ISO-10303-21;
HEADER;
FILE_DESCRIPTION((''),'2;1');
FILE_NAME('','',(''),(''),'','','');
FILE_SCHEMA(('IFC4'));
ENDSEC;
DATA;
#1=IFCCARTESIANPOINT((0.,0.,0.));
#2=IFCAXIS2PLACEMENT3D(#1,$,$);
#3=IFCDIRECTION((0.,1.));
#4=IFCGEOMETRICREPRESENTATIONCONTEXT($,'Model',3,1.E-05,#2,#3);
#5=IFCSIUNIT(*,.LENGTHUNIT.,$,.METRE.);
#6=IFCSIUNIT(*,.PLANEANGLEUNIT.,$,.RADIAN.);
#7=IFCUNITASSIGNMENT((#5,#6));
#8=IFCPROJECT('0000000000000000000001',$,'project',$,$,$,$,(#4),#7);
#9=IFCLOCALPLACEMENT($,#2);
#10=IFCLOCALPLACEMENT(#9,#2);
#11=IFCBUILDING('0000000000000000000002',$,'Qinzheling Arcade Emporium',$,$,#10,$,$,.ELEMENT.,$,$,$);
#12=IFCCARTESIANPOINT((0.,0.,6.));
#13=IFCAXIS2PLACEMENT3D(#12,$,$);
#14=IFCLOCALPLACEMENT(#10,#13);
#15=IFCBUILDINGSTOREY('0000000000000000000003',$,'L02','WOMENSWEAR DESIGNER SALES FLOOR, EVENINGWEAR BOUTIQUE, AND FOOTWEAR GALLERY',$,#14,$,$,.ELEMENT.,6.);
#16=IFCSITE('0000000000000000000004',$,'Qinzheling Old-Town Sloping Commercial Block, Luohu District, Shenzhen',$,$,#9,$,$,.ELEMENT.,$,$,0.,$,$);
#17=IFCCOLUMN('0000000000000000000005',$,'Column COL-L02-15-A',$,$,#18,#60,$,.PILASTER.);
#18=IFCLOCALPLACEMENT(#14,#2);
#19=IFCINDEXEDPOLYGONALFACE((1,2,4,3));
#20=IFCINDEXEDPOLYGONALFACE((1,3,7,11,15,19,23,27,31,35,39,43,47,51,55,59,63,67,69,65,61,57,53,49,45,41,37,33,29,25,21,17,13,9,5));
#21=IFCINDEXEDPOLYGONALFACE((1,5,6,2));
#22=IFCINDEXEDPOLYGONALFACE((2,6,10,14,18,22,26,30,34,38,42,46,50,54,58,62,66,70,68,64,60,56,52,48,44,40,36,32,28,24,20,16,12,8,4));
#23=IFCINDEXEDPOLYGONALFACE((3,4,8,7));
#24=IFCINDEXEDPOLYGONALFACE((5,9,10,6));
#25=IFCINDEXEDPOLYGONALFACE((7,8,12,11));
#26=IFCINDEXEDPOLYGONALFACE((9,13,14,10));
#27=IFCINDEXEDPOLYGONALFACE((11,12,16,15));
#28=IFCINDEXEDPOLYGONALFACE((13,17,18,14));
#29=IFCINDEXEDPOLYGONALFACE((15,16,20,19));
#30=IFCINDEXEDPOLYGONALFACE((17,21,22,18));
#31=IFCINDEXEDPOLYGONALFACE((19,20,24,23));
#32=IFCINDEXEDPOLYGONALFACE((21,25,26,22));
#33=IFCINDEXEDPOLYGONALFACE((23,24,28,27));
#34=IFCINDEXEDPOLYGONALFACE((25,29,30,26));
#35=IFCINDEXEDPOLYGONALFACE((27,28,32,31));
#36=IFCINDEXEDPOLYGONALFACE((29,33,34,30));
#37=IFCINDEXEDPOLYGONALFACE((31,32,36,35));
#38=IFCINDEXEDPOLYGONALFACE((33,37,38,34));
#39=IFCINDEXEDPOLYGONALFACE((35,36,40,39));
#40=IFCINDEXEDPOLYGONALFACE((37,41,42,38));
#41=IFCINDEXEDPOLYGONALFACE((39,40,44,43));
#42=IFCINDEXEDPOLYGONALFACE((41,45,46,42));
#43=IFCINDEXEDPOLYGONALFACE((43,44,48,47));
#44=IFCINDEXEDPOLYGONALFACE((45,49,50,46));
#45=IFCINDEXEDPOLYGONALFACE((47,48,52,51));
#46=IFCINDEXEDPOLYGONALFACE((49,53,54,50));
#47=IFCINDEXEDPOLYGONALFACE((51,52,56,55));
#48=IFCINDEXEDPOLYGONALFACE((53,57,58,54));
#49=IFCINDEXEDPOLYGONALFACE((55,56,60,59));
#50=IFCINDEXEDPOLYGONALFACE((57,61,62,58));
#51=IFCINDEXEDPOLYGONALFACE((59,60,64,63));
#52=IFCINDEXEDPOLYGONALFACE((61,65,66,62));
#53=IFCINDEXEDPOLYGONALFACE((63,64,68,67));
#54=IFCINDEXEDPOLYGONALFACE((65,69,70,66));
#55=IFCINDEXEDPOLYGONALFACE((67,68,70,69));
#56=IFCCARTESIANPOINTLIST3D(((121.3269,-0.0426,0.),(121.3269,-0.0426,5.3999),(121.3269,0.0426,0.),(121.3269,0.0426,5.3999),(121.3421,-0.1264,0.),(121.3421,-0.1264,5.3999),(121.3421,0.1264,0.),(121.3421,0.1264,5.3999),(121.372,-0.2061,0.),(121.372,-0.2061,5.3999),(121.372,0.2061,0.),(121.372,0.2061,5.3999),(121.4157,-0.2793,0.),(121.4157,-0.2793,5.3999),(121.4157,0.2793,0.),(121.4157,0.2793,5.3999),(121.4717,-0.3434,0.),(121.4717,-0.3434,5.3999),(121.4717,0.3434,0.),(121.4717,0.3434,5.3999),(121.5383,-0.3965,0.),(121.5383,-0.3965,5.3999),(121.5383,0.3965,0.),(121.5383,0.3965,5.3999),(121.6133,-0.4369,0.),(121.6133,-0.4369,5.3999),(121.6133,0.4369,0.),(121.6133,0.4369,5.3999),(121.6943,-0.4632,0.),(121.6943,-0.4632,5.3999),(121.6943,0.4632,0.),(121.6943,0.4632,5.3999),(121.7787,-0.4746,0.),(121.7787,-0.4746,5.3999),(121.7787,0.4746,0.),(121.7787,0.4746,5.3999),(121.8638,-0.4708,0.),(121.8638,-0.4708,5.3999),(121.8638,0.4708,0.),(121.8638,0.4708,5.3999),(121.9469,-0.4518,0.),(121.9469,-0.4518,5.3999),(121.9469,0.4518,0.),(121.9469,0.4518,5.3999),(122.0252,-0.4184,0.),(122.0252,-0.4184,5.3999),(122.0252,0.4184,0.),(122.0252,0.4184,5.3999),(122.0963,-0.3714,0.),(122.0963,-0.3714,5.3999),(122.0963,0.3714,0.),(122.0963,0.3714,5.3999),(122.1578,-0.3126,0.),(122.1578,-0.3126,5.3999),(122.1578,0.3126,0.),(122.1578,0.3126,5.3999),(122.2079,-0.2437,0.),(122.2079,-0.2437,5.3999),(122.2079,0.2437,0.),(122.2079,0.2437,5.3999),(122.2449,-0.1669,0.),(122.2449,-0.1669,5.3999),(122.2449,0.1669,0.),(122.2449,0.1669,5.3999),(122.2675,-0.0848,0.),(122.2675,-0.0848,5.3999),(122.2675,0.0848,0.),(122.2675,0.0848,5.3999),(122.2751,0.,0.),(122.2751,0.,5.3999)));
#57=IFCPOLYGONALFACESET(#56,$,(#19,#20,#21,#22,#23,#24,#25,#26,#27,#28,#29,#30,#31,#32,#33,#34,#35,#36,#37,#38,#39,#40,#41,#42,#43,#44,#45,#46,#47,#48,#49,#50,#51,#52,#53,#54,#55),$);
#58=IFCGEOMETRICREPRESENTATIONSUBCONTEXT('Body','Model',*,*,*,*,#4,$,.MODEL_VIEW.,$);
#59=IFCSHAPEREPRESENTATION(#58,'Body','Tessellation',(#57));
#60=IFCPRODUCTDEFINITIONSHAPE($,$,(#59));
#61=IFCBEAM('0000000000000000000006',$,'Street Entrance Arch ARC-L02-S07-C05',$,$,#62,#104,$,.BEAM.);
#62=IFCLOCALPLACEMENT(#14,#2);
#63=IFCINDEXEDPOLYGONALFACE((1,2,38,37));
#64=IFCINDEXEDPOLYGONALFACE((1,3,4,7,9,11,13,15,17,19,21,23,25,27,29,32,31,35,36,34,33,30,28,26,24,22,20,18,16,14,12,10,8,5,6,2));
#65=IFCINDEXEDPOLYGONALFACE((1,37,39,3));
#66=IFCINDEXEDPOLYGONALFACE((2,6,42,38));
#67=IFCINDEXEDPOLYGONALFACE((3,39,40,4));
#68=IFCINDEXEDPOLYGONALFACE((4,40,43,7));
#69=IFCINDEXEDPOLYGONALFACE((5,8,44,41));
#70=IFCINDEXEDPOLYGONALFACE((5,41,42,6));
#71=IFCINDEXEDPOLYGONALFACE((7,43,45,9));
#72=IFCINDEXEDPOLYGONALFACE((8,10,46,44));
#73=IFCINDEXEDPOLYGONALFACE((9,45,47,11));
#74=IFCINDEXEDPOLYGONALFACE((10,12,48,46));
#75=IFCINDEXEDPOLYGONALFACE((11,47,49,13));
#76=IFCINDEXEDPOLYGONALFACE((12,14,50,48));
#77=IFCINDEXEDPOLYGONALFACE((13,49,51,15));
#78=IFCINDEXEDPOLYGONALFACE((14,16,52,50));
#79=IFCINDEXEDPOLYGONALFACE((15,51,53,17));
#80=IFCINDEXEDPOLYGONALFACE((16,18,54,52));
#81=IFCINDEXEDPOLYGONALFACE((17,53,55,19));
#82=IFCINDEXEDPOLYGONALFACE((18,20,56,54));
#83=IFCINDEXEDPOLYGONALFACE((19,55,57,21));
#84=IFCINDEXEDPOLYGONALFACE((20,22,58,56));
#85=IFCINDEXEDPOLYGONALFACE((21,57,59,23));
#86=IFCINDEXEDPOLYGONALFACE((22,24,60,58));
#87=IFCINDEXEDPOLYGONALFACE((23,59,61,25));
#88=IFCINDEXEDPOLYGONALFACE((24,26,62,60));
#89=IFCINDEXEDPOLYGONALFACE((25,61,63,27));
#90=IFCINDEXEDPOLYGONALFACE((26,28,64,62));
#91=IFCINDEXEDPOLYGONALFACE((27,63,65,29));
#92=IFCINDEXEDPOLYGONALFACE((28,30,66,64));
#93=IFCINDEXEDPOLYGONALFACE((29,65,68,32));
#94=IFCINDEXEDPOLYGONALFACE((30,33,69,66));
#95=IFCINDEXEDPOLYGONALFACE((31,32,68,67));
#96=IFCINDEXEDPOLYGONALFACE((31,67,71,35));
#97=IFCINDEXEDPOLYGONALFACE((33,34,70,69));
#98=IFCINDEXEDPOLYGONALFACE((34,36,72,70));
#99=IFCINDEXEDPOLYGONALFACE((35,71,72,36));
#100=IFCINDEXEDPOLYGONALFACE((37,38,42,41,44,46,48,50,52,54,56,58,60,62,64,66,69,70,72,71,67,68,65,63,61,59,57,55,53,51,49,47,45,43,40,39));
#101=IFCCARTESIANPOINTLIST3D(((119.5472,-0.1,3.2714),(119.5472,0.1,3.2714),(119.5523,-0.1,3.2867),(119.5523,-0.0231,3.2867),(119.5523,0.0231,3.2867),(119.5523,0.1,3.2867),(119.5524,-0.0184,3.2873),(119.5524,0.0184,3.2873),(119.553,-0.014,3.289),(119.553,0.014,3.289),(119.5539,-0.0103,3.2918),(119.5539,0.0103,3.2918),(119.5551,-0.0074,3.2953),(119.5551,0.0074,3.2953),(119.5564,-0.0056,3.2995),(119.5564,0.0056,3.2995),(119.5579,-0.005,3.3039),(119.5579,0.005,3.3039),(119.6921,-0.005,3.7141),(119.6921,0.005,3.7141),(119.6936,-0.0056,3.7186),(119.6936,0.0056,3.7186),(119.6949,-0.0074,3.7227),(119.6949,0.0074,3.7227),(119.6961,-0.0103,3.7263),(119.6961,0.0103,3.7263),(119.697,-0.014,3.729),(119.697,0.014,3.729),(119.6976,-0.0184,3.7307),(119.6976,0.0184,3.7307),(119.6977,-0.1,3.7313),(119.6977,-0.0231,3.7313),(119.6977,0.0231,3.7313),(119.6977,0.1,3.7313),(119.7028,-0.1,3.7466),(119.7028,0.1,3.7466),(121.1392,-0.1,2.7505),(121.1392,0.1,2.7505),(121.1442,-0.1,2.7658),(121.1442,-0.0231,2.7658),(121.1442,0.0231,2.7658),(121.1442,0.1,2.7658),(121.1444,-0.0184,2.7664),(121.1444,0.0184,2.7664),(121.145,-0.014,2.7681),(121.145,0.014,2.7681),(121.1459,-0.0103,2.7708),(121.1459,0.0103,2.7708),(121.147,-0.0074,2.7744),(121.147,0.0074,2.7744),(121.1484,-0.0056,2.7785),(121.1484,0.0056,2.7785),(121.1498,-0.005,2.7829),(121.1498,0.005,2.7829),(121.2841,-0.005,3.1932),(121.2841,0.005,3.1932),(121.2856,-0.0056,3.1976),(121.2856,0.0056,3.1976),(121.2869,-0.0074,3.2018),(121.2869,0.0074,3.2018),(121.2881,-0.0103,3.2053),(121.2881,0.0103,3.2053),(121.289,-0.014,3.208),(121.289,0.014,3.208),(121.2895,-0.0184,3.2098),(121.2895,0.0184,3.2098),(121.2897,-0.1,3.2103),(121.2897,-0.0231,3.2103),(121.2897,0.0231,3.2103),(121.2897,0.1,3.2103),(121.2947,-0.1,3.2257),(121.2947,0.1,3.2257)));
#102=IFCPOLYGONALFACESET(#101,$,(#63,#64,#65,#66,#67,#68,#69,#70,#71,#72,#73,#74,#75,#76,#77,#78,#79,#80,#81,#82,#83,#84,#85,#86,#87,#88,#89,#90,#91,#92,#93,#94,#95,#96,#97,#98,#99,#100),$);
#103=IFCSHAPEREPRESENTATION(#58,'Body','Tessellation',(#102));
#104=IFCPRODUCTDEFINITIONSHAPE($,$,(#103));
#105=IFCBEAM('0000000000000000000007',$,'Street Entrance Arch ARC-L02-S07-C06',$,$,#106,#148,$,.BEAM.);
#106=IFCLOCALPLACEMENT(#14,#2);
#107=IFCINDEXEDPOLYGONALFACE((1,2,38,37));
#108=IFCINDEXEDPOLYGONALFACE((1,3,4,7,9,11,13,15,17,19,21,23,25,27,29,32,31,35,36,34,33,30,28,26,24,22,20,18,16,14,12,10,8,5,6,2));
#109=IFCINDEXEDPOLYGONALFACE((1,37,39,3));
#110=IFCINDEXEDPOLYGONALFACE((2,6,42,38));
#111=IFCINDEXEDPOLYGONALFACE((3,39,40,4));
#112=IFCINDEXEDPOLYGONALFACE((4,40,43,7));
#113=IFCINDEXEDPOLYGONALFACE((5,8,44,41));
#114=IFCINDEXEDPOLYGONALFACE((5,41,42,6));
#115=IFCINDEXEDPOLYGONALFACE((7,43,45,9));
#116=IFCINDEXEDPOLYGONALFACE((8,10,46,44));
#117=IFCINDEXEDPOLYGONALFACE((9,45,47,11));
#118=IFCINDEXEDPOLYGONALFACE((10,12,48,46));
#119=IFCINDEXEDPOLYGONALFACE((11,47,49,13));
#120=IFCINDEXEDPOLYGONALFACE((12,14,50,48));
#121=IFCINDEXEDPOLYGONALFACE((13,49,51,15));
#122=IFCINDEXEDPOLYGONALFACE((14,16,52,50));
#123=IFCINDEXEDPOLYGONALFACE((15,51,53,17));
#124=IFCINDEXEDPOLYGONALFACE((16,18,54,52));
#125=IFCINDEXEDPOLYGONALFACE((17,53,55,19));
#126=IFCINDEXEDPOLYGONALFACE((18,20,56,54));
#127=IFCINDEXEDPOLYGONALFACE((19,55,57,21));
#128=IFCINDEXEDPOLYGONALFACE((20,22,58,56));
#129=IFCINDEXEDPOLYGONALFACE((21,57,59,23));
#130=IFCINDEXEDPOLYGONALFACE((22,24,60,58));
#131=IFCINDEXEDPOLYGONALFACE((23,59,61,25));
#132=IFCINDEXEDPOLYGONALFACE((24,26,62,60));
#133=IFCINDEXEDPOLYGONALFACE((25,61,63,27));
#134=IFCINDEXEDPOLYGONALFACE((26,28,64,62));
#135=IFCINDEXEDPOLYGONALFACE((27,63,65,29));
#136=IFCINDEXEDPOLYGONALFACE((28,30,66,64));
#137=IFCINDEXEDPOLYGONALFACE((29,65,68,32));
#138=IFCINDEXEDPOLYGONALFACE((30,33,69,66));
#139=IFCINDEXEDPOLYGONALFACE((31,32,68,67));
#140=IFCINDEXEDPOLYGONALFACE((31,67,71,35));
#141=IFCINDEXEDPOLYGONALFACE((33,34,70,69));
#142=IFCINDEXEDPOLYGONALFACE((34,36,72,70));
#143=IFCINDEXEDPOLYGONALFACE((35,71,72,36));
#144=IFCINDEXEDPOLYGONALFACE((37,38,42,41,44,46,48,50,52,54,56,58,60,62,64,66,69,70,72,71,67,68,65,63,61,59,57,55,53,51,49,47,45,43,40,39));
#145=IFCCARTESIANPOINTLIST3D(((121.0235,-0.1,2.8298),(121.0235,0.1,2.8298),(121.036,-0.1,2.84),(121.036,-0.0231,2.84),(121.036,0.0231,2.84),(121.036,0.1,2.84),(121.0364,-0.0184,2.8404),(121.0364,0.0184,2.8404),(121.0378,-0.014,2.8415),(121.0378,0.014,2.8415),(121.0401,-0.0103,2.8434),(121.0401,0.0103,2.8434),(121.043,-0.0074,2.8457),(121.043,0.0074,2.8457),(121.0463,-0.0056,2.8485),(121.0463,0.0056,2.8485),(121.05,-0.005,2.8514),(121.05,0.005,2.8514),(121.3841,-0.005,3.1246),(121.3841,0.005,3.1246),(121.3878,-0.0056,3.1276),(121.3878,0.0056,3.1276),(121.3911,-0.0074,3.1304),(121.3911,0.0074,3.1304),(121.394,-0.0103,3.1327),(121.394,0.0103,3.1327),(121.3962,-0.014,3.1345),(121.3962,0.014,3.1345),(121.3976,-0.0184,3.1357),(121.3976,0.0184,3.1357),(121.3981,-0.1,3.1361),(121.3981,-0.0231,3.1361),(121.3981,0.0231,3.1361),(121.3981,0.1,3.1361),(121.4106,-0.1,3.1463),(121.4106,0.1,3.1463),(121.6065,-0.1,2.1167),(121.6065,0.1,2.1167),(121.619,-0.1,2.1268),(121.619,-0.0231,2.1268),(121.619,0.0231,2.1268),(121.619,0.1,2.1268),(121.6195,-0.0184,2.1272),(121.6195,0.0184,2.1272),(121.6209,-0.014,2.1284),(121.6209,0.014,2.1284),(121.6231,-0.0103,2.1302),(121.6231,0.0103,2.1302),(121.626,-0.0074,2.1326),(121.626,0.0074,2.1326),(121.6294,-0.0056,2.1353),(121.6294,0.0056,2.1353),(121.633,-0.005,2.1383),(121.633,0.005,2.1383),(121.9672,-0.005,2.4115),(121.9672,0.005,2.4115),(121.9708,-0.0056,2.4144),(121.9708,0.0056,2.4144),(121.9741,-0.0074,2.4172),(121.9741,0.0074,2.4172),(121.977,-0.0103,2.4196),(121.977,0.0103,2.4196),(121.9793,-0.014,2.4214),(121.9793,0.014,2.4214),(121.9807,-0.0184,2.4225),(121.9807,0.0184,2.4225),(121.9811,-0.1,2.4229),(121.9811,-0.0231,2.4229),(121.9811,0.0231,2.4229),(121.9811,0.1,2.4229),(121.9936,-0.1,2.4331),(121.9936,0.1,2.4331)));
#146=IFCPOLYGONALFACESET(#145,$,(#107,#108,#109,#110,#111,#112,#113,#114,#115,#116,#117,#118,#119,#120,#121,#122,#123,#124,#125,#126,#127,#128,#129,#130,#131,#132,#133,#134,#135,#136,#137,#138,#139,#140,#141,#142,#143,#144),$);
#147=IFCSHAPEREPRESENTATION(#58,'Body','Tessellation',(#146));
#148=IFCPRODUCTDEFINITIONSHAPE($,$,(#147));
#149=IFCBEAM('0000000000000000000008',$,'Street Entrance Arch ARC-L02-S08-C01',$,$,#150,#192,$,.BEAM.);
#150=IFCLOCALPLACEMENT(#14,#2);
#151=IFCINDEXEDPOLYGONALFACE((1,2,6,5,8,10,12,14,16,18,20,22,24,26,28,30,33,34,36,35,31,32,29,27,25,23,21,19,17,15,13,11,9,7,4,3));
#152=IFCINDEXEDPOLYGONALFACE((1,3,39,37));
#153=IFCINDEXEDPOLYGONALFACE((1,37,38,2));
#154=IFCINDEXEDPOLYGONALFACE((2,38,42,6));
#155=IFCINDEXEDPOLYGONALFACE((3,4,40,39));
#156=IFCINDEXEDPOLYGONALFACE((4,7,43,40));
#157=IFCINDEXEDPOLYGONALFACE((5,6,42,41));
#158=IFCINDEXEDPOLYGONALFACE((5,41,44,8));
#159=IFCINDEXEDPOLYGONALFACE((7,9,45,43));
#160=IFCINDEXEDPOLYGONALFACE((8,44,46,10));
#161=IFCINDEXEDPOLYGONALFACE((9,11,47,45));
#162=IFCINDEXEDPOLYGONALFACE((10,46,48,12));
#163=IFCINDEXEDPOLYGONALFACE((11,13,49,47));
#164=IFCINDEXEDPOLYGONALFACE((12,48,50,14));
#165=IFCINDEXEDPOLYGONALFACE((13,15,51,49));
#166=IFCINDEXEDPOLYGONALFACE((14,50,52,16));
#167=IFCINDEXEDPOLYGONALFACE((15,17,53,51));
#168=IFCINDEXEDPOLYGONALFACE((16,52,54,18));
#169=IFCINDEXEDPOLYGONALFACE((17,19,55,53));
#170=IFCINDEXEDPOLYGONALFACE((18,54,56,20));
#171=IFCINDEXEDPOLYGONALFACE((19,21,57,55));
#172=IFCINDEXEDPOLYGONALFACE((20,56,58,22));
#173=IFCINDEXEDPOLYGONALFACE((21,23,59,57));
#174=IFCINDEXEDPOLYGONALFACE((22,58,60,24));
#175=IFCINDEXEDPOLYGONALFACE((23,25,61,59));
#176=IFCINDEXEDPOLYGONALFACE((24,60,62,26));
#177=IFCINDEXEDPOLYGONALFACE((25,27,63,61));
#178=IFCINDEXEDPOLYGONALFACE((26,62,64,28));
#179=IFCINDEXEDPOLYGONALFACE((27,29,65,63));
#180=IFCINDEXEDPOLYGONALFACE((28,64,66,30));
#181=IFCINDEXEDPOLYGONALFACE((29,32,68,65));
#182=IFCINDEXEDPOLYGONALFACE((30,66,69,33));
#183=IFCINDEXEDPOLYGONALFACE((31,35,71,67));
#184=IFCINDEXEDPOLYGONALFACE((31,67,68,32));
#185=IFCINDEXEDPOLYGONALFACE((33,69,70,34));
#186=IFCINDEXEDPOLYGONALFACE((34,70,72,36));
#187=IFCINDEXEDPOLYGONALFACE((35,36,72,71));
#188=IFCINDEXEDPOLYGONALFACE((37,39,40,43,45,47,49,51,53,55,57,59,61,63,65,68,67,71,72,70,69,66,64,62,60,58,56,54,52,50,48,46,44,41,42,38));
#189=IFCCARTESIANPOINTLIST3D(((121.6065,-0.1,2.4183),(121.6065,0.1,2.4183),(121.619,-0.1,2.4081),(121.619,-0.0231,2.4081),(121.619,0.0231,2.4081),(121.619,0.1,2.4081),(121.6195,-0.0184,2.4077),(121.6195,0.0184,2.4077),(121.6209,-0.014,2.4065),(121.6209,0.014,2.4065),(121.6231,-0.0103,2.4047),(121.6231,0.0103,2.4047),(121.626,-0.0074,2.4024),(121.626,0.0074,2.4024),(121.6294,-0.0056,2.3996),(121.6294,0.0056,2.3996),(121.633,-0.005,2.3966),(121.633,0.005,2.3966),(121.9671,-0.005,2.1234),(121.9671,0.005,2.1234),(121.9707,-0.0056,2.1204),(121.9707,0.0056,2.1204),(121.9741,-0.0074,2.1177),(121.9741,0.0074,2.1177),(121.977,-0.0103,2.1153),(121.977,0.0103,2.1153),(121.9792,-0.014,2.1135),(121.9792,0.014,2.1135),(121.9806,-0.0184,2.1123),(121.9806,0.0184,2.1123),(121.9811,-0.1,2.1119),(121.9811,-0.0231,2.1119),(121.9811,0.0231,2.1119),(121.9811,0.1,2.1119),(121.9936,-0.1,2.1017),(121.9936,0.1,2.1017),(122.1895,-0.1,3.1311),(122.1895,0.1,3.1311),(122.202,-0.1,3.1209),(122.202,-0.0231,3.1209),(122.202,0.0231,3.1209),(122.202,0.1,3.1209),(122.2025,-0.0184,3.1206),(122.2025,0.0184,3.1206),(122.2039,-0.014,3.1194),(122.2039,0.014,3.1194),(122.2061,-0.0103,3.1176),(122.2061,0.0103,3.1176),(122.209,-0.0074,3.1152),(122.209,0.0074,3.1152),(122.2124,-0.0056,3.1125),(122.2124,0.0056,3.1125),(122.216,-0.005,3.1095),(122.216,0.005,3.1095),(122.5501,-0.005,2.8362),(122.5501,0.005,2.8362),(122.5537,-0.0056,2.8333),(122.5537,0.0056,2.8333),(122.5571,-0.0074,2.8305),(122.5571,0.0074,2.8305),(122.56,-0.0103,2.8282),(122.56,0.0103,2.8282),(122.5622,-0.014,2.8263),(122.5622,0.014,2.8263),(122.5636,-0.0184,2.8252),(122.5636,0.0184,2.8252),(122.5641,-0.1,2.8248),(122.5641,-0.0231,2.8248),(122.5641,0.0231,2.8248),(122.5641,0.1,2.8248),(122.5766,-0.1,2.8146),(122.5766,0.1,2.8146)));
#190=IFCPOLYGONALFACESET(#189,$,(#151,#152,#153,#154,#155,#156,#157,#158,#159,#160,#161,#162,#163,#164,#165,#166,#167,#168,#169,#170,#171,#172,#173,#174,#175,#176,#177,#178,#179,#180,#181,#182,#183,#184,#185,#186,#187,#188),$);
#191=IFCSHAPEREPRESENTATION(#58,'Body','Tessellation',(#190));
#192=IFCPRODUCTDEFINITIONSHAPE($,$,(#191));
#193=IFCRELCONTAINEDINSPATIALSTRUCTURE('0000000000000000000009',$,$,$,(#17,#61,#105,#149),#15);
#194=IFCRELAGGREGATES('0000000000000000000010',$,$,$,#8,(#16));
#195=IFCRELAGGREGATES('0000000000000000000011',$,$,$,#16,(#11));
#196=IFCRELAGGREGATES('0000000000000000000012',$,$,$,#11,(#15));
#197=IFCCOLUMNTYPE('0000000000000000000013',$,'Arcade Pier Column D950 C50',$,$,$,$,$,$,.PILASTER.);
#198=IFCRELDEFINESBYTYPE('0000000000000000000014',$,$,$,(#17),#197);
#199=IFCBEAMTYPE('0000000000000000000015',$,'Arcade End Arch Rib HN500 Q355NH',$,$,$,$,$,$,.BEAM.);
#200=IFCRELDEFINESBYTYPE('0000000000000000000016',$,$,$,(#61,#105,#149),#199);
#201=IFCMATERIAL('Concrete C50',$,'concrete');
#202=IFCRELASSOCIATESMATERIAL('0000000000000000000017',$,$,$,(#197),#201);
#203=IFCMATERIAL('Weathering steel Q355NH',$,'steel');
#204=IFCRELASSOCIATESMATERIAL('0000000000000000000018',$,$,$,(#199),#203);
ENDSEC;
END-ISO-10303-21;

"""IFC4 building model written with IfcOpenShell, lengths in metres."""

from ifc_helpers import new_model, si_unit, direction, frame, origin, origin_2d, place, context, subcontext, project, spatial, circle, i_section, extrude, material, material_profile, profile_set, type_object, element, save


model = new_model("IFC4")

# Units and contexts
model_context = context("Model", 3, precision=1e-05, world=origin(), true_north=direction((0.0, 1.0)))
body_context = subcontext(model_context, "Body", "Model", "MODEL_VIEW")
ifc_project = project(units=[si_unit("LENGTHUNIT", "METRE"), si_unit("PLANEANGLEUNIT", "RADIAN")], contexts=[model_context])

# Site, building, storey
site_placement = place(None, origin())
site = spatial("IfcSite", under=ifc_project, at=site_placement, Name="Qinzheling Old-Town Sloping Commercial Block, Luohu District, Shenzhen", CompositionType="ELEMENT", RefElevation=0.0)
building_placement = place(site_placement, origin())
building = spatial("IfcBuilding", under=site, at=building_placement, Name="Qinzheling Arcade Emporium", CompositionType="ELEMENT")
storey_placement = place(building_placement, frame((0.0, 0.0, 6.0)))
storey = spatial("IfcBuildingStorey", under=building, at=storey_placement, Name="L02", Description="WOMENSWEAR DESIGNER SALES FLOOR, EVENINGWEAR BOUTIQUE, AND FOOTWEAR GALLERY", CompositionType="ELEMENT", Elevation=6.0)

# Column
ifc_material_1 = material(Name="Concrete C50", Category="concrete")
ifc_material_profile_1 = material_profile(ifc_material_1, circle(Radius=0.4751, at=origin_2d()), Name="RC D950", Category="concrete")
ifc_profile_set_1 = profile_set([ifc_material_profile_1], Name="Concrete C50")
column_type = type_object("IfcColumnType", Name="Arcade Pier Column D950 C50", PredefinedType="PILASTER", material=ifc_profile_set_1)
column_placement = place(storey_placement, frame((121.8, 0.0, 0.0), z_axis=(0.0, 0.0, 1.0), x_axis=(1.0, 0.0, 0.0)))
element("IfcColumn", 1, at=column_placement, inside=storey, type_object=column_type, Name="Column COL-L02-15-A", PredefinedType="PILASTER", context=body_context, shape_type="SweptSolid", body=[
    extrude(circle(Radius=0.4751, at=origin_2d()), origin(), (0.0, 0.0, 1.0), 5.3999),
])

# Beams
ifc_material_2 = material(Name="Weathering steel Q355NH", Category="steel")
ifc_material_profile_2 = material_profile(ifc_material_2, i_section(OverallWidth=0.2, OverallDepth=0.5, WebThickness=0.01, FlangeThickness=0.0161, FilletRadius=0.0181, at=origin_2d()), Name="HN 500x200x10x16", Category="steel")
ifc_profile_set_2 = profile_set([ifc_material_profile_2], Name="Weathering steel Q355NH")
beam_type_1 = type_object("IfcBeamType", Name="Arcade End Arch Rib HN500 Q355NH", PredefinedType="BEAM", material=ifc_profile_set_2)
beam_1_placement = place(storey_placement, frame((119.625, 0.0, 3.509), z_axis=(0.950403, 0.0, -0.31102), x_axis=(0.0, 1.0, 0.0)))
element("IfcBeam", 2, at=beam_1_placement, inside=storey, type_object=beam_type_1, Name="Street Entrance Arch ARC-L02-S07-C05", PredefinedType="BEAM", context=body_context, shape_type="SweptSolid", body=[
    extrude(i_section(OverallWidth=0.2, OverallDepth=0.5, WebThickness=0.01, FlangeThickness=0.0161, FilletRadius=0.0181, at=origin_2d()), origin(), (0.0, 0.0, 1.0), 1.675),
])
beam_2_placement = place(storey_placement, frame((121.217, 0.0, 2.988), z_axis=(0.632935, 0.0, -0.774205), x_axis=(0.0, 1.0, 0.0)))
element("IfcBeam", 3, at=beam_2_placement, inside=storey, type_object=beam_type_1, Name="Street Entrance Arch ARC-L02-S07-C06", PredefinedType="BEAM", context=body_context, shape_type="SweptSolid", body=[
    extrude(i_section(OverallWidth=0.2, OverallDepth=0.5, WebThickness=0.01, FlangeThickness=0.0161, FilletRadius=0.0181, at=origin_2d()), origin(), (0.0, 0.0, 1.0), 0.9211),
])
beam_3_placement = place(storey_placement, frame((121.8, 0.0, 2.26), z_axis=(0.633065, 0.0, 0.774099), x_axis=(0.0, 1.0, 0.0)))
element("IfcBeam", 4, at=beam_3_placement, inside=storey, type_object=beam_type_1, Name="Street Entrance Arch ARC-L02-S08-C01", PredefinedType="BEAM", context=body_context, shape_type="SweptSolid", body=[
    extrude(i_section(OverallWidth=0.2, OverallDepth=0.5, WebThickness=0.01, FlangeThickness=0.0161, FilletRadius=0.0181, at=origin_2d()), origin(), (0.0, 0.0, 1.0), 0.9209),
])

save(model, "model.ifc")
